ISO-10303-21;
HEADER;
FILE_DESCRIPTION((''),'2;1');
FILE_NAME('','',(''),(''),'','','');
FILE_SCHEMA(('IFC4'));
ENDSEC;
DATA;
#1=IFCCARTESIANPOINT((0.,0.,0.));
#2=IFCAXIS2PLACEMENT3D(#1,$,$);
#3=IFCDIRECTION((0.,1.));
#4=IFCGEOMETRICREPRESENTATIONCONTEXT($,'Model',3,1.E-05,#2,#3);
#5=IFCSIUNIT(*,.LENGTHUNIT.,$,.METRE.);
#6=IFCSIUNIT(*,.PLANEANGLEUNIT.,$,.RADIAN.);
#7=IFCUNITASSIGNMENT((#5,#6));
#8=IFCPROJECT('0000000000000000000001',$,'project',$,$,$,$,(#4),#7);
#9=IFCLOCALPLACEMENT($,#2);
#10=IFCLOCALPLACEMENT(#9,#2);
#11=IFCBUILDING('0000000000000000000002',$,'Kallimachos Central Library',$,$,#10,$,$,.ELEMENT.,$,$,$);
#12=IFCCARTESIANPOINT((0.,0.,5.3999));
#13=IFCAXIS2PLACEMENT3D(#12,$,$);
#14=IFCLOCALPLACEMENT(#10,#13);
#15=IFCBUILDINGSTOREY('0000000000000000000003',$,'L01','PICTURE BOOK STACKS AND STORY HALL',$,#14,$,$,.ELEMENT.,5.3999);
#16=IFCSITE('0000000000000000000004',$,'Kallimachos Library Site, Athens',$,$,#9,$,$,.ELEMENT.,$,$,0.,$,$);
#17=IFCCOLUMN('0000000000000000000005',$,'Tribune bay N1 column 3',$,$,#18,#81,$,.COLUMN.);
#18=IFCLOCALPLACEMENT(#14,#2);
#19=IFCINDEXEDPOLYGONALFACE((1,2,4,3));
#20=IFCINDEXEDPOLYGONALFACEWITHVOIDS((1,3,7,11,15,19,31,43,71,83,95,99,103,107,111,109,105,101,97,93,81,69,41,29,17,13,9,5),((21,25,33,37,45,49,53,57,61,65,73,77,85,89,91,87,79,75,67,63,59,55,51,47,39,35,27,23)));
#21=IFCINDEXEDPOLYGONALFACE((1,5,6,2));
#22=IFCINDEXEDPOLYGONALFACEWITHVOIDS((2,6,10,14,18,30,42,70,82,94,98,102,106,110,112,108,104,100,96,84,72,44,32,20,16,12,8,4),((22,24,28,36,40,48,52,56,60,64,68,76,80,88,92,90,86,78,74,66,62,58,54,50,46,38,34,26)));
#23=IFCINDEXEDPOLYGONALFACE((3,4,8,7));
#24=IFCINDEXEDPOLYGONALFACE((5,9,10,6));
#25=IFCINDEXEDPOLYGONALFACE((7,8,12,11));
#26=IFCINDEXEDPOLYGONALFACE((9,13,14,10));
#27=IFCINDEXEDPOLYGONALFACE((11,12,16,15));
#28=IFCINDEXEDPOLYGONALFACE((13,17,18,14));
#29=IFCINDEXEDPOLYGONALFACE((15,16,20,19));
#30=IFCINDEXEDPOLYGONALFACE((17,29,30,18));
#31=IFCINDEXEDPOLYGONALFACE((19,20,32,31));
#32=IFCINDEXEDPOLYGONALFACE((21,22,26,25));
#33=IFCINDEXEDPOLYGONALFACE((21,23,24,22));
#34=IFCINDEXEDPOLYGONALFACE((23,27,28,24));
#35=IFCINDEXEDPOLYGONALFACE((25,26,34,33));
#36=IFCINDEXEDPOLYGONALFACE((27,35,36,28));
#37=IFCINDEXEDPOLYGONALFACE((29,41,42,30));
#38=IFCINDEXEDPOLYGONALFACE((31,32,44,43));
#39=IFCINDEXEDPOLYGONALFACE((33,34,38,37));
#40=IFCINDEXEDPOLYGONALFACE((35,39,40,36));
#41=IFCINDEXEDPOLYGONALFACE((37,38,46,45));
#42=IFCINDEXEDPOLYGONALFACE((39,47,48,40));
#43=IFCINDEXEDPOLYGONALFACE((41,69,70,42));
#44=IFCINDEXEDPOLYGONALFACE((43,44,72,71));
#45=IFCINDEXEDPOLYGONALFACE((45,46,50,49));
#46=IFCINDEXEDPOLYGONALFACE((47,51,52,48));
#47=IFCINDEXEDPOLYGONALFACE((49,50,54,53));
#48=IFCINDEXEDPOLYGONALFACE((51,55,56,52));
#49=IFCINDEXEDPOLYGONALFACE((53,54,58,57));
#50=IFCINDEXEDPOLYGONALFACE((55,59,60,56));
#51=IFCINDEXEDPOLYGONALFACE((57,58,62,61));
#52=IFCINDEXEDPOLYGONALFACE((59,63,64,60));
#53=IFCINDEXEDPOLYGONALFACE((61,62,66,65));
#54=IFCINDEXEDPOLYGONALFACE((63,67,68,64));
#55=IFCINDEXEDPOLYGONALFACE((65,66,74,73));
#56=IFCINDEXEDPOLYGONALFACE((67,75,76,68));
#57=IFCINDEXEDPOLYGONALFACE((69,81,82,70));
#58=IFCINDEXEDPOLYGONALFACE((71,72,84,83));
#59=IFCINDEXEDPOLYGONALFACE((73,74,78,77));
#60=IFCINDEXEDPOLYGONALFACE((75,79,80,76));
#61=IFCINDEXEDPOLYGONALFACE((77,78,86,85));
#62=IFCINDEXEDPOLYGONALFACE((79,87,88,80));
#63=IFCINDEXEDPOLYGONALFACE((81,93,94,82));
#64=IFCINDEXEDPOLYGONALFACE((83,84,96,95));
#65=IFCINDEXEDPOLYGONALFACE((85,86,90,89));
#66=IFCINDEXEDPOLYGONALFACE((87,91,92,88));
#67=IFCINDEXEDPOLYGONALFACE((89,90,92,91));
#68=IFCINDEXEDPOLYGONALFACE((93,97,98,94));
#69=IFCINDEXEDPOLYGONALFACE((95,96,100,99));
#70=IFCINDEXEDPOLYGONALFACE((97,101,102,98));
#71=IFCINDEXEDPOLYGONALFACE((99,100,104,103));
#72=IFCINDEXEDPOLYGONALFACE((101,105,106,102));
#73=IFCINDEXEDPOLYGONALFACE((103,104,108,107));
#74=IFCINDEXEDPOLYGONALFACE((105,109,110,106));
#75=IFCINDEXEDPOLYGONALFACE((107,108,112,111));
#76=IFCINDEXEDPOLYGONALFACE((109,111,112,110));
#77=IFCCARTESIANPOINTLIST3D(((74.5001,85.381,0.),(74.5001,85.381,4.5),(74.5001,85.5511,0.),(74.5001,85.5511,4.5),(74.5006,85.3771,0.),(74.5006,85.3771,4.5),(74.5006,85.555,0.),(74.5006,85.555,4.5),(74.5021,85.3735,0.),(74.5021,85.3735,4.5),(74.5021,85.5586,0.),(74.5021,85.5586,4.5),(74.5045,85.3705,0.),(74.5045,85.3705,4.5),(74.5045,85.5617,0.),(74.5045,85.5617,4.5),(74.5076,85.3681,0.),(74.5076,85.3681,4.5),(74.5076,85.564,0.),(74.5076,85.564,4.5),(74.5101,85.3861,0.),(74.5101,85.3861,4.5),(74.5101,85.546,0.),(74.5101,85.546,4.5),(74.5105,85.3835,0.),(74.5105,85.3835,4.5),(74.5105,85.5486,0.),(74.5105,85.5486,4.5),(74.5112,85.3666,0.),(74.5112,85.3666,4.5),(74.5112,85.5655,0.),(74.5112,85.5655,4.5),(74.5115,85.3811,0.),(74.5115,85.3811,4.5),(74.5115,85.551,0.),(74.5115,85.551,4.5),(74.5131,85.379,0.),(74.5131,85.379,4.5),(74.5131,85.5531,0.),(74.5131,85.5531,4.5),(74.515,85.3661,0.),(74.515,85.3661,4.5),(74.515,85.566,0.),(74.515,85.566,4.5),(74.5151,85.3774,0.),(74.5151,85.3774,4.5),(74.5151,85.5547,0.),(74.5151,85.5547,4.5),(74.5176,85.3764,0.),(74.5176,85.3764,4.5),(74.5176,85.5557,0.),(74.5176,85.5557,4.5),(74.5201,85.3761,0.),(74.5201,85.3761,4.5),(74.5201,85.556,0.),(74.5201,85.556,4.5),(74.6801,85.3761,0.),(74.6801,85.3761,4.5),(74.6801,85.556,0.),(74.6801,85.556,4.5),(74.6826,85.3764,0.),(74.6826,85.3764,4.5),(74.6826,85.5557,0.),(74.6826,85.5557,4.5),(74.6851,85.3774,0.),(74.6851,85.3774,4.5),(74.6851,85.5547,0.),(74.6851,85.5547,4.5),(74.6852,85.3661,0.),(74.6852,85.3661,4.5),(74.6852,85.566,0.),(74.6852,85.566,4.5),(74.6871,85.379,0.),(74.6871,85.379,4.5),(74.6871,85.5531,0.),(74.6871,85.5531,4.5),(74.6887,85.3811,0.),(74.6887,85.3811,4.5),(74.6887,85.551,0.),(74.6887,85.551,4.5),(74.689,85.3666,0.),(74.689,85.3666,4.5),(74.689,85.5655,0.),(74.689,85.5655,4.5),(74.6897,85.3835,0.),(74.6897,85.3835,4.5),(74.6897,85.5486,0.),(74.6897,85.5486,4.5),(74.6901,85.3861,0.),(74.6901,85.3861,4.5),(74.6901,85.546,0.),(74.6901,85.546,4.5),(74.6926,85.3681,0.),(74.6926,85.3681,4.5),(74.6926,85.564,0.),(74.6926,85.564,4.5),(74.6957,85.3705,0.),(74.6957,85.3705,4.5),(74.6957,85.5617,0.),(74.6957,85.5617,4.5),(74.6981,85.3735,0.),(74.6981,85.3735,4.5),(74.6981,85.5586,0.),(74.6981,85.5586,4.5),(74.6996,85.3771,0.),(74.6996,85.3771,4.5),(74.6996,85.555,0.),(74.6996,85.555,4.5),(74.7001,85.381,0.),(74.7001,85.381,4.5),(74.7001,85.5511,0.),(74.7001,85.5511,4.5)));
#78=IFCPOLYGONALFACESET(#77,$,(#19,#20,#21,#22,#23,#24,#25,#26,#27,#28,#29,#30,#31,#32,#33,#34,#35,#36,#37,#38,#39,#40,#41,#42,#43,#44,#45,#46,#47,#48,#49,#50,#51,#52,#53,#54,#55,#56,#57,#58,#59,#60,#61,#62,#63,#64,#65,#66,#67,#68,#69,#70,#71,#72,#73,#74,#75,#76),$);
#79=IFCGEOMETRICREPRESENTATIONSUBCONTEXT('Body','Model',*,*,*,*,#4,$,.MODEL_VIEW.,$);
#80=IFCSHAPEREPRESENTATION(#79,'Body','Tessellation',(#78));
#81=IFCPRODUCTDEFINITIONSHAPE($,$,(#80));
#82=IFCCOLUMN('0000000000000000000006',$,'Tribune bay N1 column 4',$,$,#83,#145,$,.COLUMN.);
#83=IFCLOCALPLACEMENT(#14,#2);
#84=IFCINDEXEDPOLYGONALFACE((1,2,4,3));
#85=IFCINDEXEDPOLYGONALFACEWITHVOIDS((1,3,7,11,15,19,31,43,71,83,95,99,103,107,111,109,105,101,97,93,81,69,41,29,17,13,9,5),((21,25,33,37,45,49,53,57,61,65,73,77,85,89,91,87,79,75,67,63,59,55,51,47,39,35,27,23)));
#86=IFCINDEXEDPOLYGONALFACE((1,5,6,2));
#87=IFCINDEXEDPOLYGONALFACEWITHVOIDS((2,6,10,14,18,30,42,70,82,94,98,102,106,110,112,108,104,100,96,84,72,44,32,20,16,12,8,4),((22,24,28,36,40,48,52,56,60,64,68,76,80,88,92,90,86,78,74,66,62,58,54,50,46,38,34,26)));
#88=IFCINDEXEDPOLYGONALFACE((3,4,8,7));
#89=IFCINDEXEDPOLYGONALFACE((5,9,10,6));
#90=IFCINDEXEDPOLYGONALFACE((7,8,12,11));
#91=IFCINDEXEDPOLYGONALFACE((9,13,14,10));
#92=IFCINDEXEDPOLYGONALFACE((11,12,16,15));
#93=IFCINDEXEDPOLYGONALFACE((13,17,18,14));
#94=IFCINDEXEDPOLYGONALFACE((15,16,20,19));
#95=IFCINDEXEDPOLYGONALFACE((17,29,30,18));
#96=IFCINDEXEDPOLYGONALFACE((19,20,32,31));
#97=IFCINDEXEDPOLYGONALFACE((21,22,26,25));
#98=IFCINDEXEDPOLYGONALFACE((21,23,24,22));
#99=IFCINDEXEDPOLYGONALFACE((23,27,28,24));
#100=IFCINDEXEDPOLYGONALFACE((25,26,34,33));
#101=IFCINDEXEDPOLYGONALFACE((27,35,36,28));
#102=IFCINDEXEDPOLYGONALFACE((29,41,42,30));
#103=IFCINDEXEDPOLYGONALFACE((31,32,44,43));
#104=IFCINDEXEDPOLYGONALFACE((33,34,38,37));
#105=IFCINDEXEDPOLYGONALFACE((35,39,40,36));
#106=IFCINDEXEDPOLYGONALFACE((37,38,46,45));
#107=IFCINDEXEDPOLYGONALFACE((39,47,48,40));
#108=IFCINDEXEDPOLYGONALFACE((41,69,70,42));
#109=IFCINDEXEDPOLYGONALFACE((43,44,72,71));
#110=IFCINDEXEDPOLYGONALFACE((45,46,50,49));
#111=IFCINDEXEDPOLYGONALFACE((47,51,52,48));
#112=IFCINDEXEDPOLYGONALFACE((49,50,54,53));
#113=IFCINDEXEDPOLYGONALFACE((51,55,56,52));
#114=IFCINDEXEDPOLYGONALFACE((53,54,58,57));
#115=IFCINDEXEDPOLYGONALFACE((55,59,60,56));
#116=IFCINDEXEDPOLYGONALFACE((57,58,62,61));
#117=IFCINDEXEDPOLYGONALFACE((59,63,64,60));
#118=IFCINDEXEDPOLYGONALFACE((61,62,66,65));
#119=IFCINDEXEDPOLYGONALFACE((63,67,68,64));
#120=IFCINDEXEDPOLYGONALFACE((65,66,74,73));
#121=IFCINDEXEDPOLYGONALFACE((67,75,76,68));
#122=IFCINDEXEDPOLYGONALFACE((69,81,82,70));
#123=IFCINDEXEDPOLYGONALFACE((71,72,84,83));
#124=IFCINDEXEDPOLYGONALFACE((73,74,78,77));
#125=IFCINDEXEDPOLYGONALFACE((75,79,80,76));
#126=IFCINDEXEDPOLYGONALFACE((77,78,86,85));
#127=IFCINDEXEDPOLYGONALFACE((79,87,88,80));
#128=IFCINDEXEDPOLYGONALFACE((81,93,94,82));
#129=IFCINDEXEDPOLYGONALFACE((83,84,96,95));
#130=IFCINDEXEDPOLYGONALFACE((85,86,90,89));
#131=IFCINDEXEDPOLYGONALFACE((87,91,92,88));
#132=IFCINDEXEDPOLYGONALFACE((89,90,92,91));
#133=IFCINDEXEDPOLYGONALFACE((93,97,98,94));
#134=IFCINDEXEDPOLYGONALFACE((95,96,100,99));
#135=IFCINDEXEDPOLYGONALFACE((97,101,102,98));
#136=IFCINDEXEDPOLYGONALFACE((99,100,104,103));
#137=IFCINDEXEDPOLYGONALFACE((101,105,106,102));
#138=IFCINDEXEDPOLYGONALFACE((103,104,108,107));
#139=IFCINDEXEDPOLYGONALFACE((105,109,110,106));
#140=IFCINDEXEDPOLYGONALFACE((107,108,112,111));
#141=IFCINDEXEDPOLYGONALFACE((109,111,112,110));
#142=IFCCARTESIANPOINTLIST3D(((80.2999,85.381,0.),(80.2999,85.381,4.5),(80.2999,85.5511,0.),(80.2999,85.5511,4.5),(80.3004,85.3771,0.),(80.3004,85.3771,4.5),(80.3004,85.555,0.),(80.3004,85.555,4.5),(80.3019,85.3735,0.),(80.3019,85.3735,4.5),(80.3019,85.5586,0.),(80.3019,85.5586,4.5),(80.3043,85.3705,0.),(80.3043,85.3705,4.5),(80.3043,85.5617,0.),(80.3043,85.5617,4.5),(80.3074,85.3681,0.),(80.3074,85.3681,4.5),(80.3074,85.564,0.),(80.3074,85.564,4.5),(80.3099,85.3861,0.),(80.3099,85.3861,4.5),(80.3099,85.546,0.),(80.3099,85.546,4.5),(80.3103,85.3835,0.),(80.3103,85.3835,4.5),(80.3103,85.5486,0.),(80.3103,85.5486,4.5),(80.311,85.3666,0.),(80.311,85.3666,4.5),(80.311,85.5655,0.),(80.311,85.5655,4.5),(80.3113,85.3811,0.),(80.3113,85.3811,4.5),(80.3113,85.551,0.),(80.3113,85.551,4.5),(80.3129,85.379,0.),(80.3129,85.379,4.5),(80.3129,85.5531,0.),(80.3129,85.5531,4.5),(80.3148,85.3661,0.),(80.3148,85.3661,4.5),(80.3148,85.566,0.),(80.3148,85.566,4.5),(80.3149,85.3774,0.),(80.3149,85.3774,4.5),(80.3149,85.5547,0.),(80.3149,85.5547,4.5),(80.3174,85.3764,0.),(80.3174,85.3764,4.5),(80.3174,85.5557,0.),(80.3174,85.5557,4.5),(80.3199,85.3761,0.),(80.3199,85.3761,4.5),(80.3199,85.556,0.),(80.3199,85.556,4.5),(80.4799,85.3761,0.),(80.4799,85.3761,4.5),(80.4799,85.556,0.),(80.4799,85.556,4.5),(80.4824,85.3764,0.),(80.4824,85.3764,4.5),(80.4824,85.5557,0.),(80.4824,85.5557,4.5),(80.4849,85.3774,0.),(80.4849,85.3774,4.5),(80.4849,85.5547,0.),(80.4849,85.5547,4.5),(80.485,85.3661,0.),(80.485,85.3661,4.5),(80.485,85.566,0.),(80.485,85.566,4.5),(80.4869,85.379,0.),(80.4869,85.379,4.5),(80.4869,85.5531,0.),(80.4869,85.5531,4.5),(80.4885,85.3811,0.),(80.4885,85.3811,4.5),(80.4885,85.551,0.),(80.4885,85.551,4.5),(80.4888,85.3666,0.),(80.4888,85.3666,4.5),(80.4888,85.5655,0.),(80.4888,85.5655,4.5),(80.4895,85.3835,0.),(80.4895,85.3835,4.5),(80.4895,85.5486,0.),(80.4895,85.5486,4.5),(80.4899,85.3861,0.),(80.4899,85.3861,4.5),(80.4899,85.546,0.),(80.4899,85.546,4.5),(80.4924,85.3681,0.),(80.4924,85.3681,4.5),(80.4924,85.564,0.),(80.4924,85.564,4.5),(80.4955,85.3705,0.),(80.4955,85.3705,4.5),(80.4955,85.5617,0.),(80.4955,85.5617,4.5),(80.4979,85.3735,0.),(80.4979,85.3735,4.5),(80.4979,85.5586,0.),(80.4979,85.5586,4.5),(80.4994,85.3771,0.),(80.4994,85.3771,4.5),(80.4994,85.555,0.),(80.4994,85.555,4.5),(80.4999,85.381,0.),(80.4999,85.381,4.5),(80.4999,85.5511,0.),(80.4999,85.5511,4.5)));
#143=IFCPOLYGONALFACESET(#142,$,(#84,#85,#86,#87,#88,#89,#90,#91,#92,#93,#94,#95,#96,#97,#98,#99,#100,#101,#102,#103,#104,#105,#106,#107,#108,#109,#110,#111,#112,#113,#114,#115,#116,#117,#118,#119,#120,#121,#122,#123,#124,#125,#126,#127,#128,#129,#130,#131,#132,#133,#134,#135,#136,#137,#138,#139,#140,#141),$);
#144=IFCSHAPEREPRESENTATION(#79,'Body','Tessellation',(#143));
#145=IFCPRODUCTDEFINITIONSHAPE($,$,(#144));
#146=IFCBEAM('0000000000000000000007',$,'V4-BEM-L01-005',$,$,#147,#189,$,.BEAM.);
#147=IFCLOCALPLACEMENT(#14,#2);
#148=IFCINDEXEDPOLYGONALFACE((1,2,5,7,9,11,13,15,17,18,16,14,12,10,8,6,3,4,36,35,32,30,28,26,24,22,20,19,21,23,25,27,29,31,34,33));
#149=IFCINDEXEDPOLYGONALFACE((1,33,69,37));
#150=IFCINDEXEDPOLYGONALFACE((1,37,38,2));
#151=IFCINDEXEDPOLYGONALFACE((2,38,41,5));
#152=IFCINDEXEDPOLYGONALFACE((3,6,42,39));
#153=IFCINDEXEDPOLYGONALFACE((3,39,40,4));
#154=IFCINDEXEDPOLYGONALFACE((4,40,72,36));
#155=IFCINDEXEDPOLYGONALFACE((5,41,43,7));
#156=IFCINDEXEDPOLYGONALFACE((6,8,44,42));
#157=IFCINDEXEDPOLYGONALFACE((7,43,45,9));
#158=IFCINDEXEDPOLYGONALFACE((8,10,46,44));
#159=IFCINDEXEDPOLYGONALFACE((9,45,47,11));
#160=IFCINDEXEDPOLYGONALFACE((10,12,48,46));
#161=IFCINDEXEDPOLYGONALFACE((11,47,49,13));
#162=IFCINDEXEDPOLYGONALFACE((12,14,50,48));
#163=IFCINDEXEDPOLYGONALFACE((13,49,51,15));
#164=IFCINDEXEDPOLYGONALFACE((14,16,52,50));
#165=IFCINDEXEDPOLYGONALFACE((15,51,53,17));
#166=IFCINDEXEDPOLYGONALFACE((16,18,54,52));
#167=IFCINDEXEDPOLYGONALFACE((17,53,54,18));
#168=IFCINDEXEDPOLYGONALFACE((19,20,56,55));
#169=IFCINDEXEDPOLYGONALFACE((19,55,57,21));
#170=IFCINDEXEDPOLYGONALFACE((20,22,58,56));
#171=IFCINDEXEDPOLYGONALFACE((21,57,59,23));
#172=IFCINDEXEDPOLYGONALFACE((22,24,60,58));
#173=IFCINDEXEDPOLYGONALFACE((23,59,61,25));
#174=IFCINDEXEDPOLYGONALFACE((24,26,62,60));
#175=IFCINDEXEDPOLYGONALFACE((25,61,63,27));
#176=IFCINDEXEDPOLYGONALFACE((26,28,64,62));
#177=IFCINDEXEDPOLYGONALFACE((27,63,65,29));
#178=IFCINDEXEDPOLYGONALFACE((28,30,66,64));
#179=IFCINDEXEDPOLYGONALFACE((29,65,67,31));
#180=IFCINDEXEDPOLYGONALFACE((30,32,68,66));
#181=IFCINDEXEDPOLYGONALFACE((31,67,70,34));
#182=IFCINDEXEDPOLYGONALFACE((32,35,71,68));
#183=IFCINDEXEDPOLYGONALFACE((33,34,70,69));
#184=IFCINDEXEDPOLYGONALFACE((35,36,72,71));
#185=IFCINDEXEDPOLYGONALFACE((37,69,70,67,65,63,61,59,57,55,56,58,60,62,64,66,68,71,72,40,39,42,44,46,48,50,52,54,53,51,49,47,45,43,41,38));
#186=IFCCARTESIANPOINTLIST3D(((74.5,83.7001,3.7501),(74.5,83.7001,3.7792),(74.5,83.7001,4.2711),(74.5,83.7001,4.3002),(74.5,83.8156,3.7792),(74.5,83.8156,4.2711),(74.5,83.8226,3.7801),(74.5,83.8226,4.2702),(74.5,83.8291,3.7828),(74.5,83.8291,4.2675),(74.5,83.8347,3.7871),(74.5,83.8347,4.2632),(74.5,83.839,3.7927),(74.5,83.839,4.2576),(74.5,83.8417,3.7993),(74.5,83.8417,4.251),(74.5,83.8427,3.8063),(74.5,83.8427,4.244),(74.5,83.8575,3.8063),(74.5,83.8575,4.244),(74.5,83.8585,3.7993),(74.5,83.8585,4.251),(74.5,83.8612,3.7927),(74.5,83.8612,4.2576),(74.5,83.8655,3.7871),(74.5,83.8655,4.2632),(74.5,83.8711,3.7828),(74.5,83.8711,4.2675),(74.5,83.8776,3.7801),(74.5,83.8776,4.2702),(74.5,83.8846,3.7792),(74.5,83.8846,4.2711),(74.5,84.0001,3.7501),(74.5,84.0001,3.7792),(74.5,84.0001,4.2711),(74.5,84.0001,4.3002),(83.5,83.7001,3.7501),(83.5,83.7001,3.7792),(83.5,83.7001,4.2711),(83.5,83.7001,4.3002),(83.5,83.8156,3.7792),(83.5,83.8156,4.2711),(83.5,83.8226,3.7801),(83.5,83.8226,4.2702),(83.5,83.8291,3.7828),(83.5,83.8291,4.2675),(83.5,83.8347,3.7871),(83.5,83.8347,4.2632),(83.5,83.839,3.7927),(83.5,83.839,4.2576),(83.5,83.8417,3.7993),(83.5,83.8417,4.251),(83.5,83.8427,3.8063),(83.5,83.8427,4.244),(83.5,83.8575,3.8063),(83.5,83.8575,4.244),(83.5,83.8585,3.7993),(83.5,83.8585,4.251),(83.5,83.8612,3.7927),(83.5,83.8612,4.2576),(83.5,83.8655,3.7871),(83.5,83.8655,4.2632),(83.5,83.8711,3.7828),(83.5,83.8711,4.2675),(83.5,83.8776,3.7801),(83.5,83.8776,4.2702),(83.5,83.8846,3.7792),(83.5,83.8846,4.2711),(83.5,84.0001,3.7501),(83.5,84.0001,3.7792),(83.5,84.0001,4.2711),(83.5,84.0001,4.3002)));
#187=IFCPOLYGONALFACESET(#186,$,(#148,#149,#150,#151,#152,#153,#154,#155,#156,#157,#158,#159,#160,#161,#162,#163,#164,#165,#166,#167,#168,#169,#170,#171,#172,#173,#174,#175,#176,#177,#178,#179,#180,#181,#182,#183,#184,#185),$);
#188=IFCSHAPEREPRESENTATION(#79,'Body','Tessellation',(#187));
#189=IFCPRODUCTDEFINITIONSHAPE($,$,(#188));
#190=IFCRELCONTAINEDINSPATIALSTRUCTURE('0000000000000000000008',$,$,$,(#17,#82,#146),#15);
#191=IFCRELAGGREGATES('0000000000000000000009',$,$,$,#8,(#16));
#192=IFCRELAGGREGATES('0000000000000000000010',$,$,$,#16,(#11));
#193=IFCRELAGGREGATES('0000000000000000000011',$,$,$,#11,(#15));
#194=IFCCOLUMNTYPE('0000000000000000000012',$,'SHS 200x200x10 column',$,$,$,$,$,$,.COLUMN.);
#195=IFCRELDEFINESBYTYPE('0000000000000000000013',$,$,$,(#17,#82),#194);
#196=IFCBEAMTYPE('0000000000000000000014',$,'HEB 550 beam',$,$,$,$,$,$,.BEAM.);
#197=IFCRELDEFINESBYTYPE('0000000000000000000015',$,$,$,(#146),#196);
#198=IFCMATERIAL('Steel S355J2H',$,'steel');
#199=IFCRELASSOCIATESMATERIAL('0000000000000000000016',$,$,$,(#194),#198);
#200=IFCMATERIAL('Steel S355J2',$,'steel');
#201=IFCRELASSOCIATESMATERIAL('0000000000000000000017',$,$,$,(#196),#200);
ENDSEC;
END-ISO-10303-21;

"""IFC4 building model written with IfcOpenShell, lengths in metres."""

from ifc_helpers import new_model, si_unit, direction, frame, origin, origin_2d, place, context, subcontext, project, spatial, hollow_rectangle, i_section, extrude, material, material_profile, profile_set, type_object, element, save


model = new_model("IFC4")

# Units and contexts
model_context = context("Model", 3, precision=1e-05, world=origin(), true_north=direction((0.0, 1.0)))
body_context = subcontext(model_context, "Body", "Model", "MODEL_VIEW")
ifc_project = project(units=[si_unit("LENGTHUNIT", "METRE"), si_unit("PLANEANGLEUNIT", "RADIAN")], contexts=[model_context])

# Site, building, storey
site_placement = place(None, origin())
site = spatial("IfcSite", under=ifc_project, at=site_placement, Name="Kallimachos Library Site, Athens", CompositionType="ELEMENT", RefElevation=0.0)
building_placement = place(site_placement, origin())
building = spatial("IfcBuilding", under=site, at=building_placement, Name="Kallimachos Central Library", CompositionType="ELEMENT")
storey_placement = place(building_placement, frame((0.0, 0.0, 5.3999)))
storey = spatial("IfcBuildingStorey", under=building, at=storey_placement, Name="L01", Description="PICTURE BOOK STACKS AND STORY HALL", CompositionType="ELEMENT", Elevation=5.3999)

# Columns
ifc_material_1 = material(Name="Steel S355J2H", Category="steel")
ifc_material_profile_1 = material_profile(ifc_material_1, hollow_rectangle(XDim=0.2, YDim=0.2, WallThickness=0.01, InnerFilletRadius=0.01, OuterFilletRadius=0.0149, at=origin_2d()), Name="SHS 200x200x10")
ifc_profile_set_1 = profile_set([ifc_material_profile_1], Name="Steel S355J2H")
column_type_1 = type_object("IfcColumnType", Name="SHS 200x200x10 column", PredefinedType="COLUMN", material=ifc_profile_set_1)
for number, where, z_axis, x_axis, name in (
    (1, (74.6001, 85.4661, 0.0), (0.0, 0.0, 1.0), (1.0, 0.0, 0.0), "Tribune bay N1 column 3"),
    (2, (80.3999, 85.4661, 0.0), (0.0, 0.0, 1.0), (1.0, 0.0, 0.0), "Tribune bay N1 column 4"),
):
    element("IfcColumn", number, at=place(storey_placement, frame(where, z_axis=z_axis, x_axis=x_axis)), inside=storey, type_object=column_type_1, Name=name, PredefinedType="COLUMN", context=body_context, shape_type="SweptSolid", body=[
        extrude(hollow_rectangle(XDim=0.2, YDim=0.2, WallThickness=0.01, InnerFilletRadius=0.01, OuterFilletRadius=0.0149, at=origin_2d()), origin(), (0.0, 0.0, 1.0), 4.5),
    ])

# Beam
ifc_material_2 = material(Name="Steel S355J2", Category="steel")
ifc_material_profile_2 = material_profile(ifc_material_2, i_section(OverallWidth=0.3, OverallDepth=0.55, WebThickness=0.0149, FlangeThickness=0.0291, FilletRadius=0.0271, at=origin_2d()), Name="HEB 550")
ifc_profile_set_2 = profile_set([ifc_material_profile_2], Name="Steel S355J2")
beam_type_1 = type_object("IfcBeamType", Name="HEB 550 beam", PredefinedType="BEAM", material=ifc_profile_set_2)
beam_1_placement = place(storey_placement, frame((74.5, 83.8501, 4.0251), z_axis=(1.0, 0.0, 0.0), x_axis=(0.0, 1.0, 0.0)))
element("IfcBeam", 3, at=beam_1_placement, inside=storey, type_object=beam_type_1, Name="V4-BEM-L01-005", PredefinedType="BEAM", context=body_context, shape_type="SweptSolid", body=[
    extrude(i_section(OverallWidth=0.3, OverallDepth=0.55, WebThickness=0.0149, FlangeThickness=0.0291, FilletRadius=0.0271, at=origin_2d()), origin(), (0.0, 0.0, 1.0), 9.0),
])

save(model, "model.ifc")
